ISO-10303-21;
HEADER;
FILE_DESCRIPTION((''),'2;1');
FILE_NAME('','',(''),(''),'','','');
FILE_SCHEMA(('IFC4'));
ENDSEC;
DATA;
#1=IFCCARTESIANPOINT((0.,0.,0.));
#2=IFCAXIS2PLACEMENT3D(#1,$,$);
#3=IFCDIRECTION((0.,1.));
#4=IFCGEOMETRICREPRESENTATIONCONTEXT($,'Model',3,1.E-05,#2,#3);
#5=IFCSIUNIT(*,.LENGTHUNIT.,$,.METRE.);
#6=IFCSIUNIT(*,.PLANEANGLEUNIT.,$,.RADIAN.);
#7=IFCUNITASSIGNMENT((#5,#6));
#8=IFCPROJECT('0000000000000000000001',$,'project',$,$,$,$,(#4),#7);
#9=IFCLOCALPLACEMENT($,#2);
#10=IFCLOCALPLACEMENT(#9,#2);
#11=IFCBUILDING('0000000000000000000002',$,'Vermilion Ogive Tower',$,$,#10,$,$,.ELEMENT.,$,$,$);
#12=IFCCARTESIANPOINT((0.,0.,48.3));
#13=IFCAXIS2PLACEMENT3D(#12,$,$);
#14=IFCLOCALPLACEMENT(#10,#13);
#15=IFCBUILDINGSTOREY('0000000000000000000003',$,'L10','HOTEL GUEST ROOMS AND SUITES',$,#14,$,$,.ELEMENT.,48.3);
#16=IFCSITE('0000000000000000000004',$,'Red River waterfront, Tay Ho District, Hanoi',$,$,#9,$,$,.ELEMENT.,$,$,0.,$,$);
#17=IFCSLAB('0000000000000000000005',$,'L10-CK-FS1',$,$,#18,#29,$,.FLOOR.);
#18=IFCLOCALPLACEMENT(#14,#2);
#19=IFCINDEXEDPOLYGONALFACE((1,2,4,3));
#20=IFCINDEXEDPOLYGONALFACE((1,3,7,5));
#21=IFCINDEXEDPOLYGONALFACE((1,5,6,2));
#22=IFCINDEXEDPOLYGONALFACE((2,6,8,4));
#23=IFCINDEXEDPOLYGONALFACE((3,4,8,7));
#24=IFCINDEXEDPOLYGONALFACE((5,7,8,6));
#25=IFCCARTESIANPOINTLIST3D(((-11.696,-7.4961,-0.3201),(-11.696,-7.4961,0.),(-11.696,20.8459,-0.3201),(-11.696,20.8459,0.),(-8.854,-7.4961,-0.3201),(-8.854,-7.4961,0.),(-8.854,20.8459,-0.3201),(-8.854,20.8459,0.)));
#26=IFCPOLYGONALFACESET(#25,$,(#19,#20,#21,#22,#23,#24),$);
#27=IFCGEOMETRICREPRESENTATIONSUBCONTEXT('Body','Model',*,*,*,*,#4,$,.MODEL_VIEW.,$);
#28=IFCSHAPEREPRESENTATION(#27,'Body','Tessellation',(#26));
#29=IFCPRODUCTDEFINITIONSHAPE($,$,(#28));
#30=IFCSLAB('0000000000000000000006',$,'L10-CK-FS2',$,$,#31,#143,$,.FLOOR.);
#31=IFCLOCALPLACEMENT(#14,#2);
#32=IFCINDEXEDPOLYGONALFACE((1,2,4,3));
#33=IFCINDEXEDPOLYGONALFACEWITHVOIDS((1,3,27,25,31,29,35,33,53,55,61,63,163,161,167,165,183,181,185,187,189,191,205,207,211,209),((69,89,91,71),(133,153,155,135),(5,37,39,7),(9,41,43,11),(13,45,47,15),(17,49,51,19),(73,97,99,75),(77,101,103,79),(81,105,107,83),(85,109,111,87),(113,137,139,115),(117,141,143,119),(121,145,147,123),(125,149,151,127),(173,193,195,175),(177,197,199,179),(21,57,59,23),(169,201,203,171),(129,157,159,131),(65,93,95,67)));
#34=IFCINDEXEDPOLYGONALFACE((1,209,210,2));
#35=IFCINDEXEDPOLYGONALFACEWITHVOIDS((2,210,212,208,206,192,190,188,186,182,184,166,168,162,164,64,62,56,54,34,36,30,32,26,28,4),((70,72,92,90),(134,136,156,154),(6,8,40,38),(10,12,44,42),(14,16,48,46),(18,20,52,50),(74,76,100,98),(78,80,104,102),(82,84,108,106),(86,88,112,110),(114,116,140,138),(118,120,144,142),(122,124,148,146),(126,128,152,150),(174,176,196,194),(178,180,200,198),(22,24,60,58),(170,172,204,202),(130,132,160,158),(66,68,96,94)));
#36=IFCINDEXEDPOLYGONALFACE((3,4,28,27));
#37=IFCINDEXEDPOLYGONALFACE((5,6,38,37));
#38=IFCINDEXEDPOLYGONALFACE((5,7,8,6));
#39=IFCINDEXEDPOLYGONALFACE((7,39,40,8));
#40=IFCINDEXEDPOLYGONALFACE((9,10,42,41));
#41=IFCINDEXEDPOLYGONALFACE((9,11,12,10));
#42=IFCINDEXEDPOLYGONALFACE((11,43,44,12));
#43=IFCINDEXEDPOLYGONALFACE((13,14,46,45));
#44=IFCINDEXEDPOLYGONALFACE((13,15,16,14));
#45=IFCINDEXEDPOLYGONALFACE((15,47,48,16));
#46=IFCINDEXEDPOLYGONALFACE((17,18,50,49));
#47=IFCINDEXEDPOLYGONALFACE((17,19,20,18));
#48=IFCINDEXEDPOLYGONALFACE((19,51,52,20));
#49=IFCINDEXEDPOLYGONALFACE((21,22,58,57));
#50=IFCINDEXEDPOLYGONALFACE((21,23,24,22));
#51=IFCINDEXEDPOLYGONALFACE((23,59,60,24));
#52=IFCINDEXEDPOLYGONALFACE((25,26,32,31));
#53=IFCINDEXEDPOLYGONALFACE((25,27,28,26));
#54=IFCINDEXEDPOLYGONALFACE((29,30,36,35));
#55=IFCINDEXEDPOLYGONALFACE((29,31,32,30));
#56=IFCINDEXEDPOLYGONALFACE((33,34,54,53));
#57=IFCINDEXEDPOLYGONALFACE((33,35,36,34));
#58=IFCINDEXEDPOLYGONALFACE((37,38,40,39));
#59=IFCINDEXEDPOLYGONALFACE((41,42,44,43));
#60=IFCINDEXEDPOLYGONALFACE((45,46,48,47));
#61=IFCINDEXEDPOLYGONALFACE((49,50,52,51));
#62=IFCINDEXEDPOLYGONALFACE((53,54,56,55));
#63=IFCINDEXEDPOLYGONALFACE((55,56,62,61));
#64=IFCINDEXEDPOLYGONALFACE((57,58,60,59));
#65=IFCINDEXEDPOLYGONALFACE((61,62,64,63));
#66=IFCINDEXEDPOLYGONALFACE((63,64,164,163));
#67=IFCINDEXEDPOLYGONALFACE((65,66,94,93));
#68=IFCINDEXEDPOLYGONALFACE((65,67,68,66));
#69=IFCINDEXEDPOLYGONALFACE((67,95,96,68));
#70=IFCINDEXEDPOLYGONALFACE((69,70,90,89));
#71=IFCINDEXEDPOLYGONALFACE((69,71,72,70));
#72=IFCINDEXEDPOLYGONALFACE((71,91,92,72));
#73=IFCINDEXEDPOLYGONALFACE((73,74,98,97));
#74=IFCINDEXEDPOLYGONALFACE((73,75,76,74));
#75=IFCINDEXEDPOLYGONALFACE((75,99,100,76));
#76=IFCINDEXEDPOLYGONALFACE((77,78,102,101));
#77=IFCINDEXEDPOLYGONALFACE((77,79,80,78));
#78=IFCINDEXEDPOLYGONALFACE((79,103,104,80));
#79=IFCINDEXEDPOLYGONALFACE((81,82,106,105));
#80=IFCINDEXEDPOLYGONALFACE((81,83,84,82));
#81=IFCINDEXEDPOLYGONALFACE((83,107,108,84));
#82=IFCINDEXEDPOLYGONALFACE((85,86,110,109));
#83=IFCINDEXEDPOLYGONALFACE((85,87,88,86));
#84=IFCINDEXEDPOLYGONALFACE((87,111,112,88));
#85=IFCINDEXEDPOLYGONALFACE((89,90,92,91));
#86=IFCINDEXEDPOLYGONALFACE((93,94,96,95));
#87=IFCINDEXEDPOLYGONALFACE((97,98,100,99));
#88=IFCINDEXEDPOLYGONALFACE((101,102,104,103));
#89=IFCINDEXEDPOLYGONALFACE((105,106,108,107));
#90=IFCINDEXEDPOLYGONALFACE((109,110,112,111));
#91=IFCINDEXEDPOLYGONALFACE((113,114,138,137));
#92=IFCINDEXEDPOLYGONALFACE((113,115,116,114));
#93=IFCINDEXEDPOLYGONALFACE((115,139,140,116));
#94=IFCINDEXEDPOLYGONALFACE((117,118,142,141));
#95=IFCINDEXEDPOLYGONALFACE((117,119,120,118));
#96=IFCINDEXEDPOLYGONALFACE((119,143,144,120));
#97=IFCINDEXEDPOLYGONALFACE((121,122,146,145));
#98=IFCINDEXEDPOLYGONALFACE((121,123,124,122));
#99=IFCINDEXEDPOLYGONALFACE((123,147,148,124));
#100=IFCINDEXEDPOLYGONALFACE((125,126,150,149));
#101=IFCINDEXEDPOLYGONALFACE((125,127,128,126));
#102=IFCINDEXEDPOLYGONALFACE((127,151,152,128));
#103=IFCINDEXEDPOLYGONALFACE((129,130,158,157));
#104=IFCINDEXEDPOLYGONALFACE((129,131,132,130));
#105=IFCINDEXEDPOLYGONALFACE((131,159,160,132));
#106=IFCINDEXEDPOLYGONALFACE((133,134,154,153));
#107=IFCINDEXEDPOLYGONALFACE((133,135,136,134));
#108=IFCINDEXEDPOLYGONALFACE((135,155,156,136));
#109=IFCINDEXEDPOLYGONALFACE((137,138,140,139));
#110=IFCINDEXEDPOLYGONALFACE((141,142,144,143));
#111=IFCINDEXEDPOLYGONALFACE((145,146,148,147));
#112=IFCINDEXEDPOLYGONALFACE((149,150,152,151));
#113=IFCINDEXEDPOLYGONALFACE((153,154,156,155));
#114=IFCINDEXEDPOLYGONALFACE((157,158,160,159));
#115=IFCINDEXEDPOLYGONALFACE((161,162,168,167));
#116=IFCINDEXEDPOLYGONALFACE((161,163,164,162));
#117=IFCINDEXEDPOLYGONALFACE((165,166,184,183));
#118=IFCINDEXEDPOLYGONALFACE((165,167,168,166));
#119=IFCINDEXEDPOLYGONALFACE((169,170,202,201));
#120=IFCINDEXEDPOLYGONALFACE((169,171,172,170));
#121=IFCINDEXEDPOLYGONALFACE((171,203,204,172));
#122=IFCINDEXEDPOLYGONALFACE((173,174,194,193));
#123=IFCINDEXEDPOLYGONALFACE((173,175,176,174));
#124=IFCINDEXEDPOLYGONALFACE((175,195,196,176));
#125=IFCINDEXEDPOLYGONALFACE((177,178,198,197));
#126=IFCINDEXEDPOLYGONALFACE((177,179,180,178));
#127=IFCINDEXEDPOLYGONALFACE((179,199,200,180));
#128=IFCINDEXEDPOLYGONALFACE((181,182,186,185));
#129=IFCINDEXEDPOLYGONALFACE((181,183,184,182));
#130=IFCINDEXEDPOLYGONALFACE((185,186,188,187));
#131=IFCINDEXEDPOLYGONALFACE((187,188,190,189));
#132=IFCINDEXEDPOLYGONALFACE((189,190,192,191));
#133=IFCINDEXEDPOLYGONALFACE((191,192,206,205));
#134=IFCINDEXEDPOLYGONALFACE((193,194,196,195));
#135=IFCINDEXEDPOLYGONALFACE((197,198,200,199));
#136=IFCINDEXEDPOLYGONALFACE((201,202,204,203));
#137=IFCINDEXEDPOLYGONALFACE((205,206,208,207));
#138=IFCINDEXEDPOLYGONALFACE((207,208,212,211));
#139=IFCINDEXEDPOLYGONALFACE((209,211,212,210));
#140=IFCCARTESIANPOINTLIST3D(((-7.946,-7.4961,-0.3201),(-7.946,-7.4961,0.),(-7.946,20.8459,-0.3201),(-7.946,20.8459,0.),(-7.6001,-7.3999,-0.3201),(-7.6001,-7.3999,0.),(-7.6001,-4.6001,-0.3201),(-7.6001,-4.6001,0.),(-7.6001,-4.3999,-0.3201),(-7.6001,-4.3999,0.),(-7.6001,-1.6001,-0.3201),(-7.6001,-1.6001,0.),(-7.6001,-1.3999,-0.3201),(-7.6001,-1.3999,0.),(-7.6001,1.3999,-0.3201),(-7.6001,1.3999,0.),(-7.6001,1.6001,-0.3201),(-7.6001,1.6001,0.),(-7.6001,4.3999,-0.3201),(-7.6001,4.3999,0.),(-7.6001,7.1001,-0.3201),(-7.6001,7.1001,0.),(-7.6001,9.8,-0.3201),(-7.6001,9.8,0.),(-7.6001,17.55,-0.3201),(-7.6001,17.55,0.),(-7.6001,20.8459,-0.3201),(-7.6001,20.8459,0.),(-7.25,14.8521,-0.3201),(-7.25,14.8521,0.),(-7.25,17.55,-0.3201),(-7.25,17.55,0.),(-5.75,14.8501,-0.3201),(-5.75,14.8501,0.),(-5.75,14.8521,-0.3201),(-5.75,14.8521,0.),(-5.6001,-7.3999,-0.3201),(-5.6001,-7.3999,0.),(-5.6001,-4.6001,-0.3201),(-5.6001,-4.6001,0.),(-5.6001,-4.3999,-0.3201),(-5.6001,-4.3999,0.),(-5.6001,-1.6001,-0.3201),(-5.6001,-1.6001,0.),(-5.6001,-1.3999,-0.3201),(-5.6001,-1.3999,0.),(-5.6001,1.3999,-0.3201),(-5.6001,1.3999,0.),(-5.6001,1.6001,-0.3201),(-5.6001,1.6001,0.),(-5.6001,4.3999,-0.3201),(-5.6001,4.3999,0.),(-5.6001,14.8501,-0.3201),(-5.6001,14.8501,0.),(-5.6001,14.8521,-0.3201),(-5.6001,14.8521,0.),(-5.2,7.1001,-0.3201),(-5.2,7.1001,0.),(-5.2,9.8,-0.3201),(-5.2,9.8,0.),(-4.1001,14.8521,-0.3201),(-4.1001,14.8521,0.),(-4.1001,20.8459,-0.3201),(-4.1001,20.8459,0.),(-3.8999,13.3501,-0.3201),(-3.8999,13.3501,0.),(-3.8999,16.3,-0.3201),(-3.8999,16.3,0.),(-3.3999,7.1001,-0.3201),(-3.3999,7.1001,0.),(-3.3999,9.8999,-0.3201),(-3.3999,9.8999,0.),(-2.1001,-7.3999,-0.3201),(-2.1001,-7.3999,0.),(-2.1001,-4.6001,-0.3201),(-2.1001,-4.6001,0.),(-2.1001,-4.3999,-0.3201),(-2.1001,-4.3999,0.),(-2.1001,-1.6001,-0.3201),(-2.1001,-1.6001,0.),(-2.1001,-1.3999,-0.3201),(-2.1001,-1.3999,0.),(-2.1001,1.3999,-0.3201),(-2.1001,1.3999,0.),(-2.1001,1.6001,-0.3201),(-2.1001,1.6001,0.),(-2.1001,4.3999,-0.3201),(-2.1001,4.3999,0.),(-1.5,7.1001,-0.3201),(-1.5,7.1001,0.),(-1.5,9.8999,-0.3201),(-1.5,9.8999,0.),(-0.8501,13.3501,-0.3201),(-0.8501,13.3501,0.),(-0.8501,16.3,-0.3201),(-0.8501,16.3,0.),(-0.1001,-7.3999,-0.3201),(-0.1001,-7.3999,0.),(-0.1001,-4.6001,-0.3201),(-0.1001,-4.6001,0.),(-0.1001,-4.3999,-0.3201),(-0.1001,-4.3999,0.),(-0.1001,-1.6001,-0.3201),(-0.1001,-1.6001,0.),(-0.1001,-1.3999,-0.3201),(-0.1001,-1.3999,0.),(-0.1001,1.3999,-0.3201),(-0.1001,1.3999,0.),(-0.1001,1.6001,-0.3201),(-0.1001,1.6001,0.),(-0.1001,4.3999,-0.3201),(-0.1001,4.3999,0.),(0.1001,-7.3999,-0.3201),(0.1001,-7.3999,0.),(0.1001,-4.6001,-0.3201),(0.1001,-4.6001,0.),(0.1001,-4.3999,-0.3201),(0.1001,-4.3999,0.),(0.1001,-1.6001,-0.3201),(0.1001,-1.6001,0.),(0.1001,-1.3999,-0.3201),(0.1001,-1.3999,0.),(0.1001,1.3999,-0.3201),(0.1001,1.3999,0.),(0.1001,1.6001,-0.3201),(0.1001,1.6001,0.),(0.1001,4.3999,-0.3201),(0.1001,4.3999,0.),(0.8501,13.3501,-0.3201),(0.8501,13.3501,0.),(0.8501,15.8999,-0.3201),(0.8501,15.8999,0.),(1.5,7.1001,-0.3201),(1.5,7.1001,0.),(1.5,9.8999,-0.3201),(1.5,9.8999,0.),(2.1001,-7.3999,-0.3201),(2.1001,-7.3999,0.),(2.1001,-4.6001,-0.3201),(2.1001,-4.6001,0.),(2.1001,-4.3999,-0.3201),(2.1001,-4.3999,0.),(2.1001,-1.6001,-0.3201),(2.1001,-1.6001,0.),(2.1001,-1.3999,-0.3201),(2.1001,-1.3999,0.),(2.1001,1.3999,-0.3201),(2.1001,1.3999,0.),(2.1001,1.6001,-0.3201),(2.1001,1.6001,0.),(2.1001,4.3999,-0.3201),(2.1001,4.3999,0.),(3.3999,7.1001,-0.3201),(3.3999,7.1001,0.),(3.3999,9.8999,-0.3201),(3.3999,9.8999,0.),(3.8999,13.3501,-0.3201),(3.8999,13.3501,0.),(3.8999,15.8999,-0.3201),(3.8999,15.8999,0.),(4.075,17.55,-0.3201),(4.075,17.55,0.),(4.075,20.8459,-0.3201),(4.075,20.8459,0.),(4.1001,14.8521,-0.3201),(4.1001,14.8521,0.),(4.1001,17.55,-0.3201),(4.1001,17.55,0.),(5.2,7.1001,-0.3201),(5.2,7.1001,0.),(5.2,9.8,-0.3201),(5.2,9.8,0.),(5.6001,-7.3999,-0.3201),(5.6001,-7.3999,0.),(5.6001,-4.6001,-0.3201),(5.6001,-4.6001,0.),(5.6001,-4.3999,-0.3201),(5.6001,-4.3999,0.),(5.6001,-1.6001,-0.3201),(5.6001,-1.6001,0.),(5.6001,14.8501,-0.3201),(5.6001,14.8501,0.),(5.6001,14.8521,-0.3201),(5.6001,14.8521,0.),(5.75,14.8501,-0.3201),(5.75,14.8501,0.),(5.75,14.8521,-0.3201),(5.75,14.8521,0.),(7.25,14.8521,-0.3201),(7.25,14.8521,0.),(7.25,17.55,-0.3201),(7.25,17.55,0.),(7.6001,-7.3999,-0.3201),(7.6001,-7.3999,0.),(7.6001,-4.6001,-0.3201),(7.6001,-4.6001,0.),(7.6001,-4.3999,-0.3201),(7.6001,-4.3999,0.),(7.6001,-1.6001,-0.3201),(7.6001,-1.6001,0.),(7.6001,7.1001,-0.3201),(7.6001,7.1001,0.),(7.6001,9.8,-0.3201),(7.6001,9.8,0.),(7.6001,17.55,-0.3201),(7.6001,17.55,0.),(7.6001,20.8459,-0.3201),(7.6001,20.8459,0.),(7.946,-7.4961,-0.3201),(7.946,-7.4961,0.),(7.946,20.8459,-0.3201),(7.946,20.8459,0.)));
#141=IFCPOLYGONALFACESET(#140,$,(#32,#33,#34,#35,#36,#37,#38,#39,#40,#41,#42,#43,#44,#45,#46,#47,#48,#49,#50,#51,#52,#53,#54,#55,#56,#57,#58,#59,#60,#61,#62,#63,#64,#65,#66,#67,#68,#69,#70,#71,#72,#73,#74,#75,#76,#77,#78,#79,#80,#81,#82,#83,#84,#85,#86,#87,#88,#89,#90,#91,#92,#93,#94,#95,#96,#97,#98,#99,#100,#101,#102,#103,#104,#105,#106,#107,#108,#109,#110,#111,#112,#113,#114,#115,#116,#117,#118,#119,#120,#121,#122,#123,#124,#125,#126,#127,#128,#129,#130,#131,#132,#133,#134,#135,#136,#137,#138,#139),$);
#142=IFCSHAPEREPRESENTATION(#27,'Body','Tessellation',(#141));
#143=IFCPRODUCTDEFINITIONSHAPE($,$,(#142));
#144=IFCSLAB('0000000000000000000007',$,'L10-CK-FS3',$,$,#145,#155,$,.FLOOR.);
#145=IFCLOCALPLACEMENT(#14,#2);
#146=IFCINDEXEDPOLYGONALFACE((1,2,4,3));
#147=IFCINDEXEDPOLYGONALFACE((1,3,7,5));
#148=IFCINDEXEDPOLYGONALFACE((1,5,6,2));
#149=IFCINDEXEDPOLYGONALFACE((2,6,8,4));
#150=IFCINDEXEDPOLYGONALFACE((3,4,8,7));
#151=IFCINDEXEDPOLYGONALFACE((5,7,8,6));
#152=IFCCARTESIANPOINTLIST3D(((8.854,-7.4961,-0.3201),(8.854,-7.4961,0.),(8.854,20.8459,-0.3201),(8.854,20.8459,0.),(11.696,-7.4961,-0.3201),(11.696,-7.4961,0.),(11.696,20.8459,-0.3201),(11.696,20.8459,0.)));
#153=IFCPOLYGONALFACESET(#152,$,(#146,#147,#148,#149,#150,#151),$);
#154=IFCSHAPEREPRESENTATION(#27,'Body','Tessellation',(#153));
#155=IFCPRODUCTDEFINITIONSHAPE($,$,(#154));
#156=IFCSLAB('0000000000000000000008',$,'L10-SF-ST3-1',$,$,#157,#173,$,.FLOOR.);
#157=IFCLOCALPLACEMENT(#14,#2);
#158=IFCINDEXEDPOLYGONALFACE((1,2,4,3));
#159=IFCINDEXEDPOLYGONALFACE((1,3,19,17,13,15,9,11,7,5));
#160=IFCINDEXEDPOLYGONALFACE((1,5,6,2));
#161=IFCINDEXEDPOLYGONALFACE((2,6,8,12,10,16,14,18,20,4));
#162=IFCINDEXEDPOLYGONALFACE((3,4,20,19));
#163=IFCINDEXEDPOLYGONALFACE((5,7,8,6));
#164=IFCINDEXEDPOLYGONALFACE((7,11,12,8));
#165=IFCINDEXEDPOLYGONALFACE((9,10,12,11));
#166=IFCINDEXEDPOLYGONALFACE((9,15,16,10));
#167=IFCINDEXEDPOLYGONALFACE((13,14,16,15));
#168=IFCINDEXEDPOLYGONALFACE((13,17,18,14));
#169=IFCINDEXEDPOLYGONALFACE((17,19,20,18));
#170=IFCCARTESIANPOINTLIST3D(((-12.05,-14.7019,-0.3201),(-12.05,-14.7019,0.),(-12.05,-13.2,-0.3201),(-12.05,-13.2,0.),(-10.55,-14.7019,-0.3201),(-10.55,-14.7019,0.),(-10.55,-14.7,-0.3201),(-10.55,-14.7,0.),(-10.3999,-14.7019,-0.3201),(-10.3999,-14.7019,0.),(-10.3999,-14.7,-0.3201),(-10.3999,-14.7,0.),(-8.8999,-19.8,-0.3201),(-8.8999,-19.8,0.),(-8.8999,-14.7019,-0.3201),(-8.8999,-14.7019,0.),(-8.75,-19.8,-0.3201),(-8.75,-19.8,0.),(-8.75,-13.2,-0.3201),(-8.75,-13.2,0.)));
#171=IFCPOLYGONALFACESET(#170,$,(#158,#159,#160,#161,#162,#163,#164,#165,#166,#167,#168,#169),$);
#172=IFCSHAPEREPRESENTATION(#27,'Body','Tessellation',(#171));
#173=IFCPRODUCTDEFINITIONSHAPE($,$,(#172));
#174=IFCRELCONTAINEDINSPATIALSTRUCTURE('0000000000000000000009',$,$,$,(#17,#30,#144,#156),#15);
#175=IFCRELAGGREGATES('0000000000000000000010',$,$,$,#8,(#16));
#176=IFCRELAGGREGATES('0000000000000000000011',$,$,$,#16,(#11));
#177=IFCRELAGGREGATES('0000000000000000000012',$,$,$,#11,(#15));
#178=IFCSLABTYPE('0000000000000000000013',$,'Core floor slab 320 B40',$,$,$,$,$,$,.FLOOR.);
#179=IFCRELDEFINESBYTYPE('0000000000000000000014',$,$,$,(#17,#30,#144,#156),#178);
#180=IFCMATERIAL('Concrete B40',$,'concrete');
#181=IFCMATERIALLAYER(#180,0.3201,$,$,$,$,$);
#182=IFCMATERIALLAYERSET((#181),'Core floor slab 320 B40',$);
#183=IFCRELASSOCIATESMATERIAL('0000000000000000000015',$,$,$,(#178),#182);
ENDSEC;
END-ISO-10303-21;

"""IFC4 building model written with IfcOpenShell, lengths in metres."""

from ifc_helpers import new_model, si_unit, direction, frame, origin, place, context, subcontext, project, spatial, polyline, outline, extrude, material, layer, layer_set, type_object, element, save


model = new_model("IFC4")

# Units and contexts
model_context = context("Model", 3, precision=1e-05, world=origin(), true_north=direction((0.0, 1.0)))
body_context = subcontext(model_context, "Body", "Model", "MODEL_VIEW")
ifc_project = project(units=[si_unit("LENGTHUNIT", "METRE"), si_unit("PLANEANGLEUNIT", "RADIAN")], contexts=[model_context])

# Site, building, storey
site_placement = place(None, origin())
site = spatial("IfcSite", under=ifc_project, at=site_placement, Name="Red River waterfront, Tay Ho District, Hanoi", CompositionType="ELEMENT", RefElevation=0.0)
building_placement = place(site_placement, origin())
building = spatial("IfcBuilding", under=site, at=building_placement, Name="Vermilion Ogive Tower", CompositionType="ELEMENT")
storey_placement = place(building_placement, frame((0.0, 0.0, 48.3)))
storey = spatial("IfcBuildingStorey", under=building, at=storey_placement, Name="L10", Description="HOTEL GUEST ROOMS AND SUITES", CompositionType="ELEMENT", Elevation=48.3)

# Slabs
ifc_material_1 = material(Name="Concrete B40", Category="concrete")
ifc_layer_1 = layer(ifc_material_1, 0.3201)
ifc_layer_set_1 = layer_set([ifc_layer_1], Name="Core floor slab 320 B40")
slab_type_1 = type_object("IfcSlabType", Name="Core floor slab 320 B40", PredefinedType="FLOOR", material=ifc_layer_set_1)
slab_1_placement = place(storey_placement, frame((0.0, 0.0, -0.3201)))
element("IfcSlab", 1, at=slab_1_placement, inside=storey, type_object=slab_type_1, Name="L10-CK-FS1", PredefinedType="FLOOR", context=body_context, shape_type="SweptSolid", body=[
    extrude(outline(polyline([(-8.854, -7.4961), (-11.696, -7.4961), (-11.696, 20.8459), (-8.854, 20.8459), (-8.854, -7.4961)])), origin(), (0.0, 0.0, 1.0), 0.3201),
])
slab_2_placement = place(storey_placement, frame((0.0, 0.0, -0.3201)))
element("IfcSlab", 2, at=slab_2_placement, inside=storey, type_object=slab_type_1, Name="L10-CK-FS2", PredefinedType="FLOOR", context=body_context, shape_type="SweptSolid", body=[
    extrude(outline(polyline([(5.75, 14.8501), (5.6001, 14.8501), (5.6001, 14.8521), (4.1001, 14.8521), (4.1001, 17.55), (4.075, 17.55), (4.075, 20.8459), (-4.1001, 20.8459), (-4.1001, 14.8521), (-5.6001, 14.8521), (-5.6001, 14.8501), (-5.75, 14.8501), (-5.75, 14.8521), (-7.25, 14.8521), (-7.25, 17.55), (-7.6001, 17.55), (-7.6001, 20.8459), (-7.946, 20.8459), (-7.946, -7.4961), (7.946, -7.4961), (7.946, 20.8459), (7.6001, 20.8459), (7.6001, 17.55), (7.25, 17.55), (7.25, 14.8521), (5.75, 14.8521), (5.75, 14.8501)]), holes=[polyline([(-7.6001, -4.6001), (-5.6001, -4.6001), (-5.6001, -7.3999), (-7.6001, -7.3999), (-7.6001, -4.6001)]), polyline([(-2.1001, -4.6001), (-0.1001, -4.6001), (-0.1001, -7.3999), (-2.1001, -7.3999), (-2.1001, -4.6001)]), polyline([(-7.6001, -4.3999), (-7.6001, -1.6001), (-5.6001, -1.6001), (-5.6001, -4.3999), (-7.6001, -4.3999)]), polyline([(-2.1001, -1.6001), (-0.1001, -1.6001), (-0.1001, -4.3999), (-2.1001, -4.3999), (-2.1001, -1.6001)]), polyline([(-7.6001, -1.3999), (-7.6001, 1.3999), (-5.6001, 1.3999), (-5.6001, -1.3999), (-7.6001, -1.3999)]), polyline([(-2.1001, 1.3999), (-0.1001, 1.3999), (-0.1001, -1.3999), (-2.1001, -1.3999), (-2.1001, 1.3999)]), polyline([(-7.6001, 4.3999), (-5.6001, 4.3999), (-5.6001, 1.6001), (-7.6001, 1.6001), (-7.6001, 4.3999)]), polyline([(-2.1001, 4.3999), (-0.1001, 4.3999), (-0.1001, 1.6001), (-2.1001, 1.6001), (-2.1001, 4.3999)]), polyline([(-7.6001, 9.8), (-5.2, 9.8), (-5.2, 7.1001), (-7.6001, 7.1001), (-7.6001, 9.8)]), polyline([(-3.3999, 9.8999), (-1.5, 9.8999), (-1.5, 7.1001), (-3.3999, 7.1001), (-3.3999, 9.8999)]), polyline([(-3.8999, 16.3), (-0.8501, 16.3), (-0.8501, 13.3501), (-3.8999, 13.3501), (-3.8999, 16.3)]), polyline([(0.1001, -4.6001), (2.1001, -4.6001), (2.1001, -7.3999), (0.1001, -7.3999), (0.1001, -4.6001)]), polyline([(5.6001, -4.6001), (7.6001, -4.6001), (7.6001, -7.3999), (5.6001, -7.3999), (5.6001, -4.6001)]), polyline([(0.1001, -1.6001), (2.1001, -1.6001), (2.1001, -4.3999), (0.1001, -4.3999), (0.1001, -1.6001)]), polyline([(5.6001, -1.6001), (7.6001, -1.6001), (7.6001, -4.3999), (5.6001, -4.3999), (5.6001, -1.6001)]), polyline([(0.1001, 1.3999), (2.1001, 1.3999), (2.1001, -1.3999), (0.1001, -1.3999), (0.1001, 1.3999)]), polyline([(0.1001, 4.3999), (2.1001, 4.3999), (2.1001, 1.6001), (0.1001, 1.6001), (0.1001, 4.3999)]), polyline([(5.2, 9.8), (7.6001, 9.8), (7.6001, 7.1001), (5.2, 7.1001), (5.2, 9.8)]), polyline([(1.5, 9.8999), (3.3999, 9.8999), (3.3999, 7.1001), (1.5, 7.1001), (1.5, 9.8999)]), polyline([(0.8501, 15.8999), (3.8999, 15.8999), (3.8999, 13.3501), (0.8501, 13.3501), (0.8501, 15.8999)])]), origin(), (0.0, 0.0, 1.0), 0.3201),
])
slab_3_placement = place(storey_placement, frame((0.0, 0.0, -0.3201)))
element("IfcSlab", 3, at=slab_3_placement, inside=storey, type_object=slab_type_1, Name="L10-CK-FS3", PredefinedType="FLOOR", context=body_context, shape_type="SweptSolid", body=[
    extrude(outline(polyline([(8.854, 20.8459), (11.696, 20.8459), (11.696, -7.4961), (8.854, -7.4961), (8.854, 20.8459)])), origin(), (0.0, 0.0, 1.0), 0.3201),
])
slab_4_placement = place(storey_placement, frame((0.0, 0.0, -0.3201)))
element("IfcSlab", 4, at=slab_4_placement, inside=storey, type_object=slab_type_1, Name="L10-SF-ST3-1", PredefinedType="FLOOR", context=body_context, shape_type="SweptSolid", body=[
    extrude(outline(polyline([(-12.05, -13.2), (-12.05, -14.7019), (-10.55, -14.7019), (-10.55, -14.7), (-10.3999, -14.7), (-10.3999, -14.7019), (-8.8999, -14.7019), (-8.8999, -19.8), (-8.75, -19.8), (-8.75, -13.2), (-12.05, -13.2)])), origin(), (0.0, 0.0, 1.0), 0.3201),
])

save(model, "model.ifc")
